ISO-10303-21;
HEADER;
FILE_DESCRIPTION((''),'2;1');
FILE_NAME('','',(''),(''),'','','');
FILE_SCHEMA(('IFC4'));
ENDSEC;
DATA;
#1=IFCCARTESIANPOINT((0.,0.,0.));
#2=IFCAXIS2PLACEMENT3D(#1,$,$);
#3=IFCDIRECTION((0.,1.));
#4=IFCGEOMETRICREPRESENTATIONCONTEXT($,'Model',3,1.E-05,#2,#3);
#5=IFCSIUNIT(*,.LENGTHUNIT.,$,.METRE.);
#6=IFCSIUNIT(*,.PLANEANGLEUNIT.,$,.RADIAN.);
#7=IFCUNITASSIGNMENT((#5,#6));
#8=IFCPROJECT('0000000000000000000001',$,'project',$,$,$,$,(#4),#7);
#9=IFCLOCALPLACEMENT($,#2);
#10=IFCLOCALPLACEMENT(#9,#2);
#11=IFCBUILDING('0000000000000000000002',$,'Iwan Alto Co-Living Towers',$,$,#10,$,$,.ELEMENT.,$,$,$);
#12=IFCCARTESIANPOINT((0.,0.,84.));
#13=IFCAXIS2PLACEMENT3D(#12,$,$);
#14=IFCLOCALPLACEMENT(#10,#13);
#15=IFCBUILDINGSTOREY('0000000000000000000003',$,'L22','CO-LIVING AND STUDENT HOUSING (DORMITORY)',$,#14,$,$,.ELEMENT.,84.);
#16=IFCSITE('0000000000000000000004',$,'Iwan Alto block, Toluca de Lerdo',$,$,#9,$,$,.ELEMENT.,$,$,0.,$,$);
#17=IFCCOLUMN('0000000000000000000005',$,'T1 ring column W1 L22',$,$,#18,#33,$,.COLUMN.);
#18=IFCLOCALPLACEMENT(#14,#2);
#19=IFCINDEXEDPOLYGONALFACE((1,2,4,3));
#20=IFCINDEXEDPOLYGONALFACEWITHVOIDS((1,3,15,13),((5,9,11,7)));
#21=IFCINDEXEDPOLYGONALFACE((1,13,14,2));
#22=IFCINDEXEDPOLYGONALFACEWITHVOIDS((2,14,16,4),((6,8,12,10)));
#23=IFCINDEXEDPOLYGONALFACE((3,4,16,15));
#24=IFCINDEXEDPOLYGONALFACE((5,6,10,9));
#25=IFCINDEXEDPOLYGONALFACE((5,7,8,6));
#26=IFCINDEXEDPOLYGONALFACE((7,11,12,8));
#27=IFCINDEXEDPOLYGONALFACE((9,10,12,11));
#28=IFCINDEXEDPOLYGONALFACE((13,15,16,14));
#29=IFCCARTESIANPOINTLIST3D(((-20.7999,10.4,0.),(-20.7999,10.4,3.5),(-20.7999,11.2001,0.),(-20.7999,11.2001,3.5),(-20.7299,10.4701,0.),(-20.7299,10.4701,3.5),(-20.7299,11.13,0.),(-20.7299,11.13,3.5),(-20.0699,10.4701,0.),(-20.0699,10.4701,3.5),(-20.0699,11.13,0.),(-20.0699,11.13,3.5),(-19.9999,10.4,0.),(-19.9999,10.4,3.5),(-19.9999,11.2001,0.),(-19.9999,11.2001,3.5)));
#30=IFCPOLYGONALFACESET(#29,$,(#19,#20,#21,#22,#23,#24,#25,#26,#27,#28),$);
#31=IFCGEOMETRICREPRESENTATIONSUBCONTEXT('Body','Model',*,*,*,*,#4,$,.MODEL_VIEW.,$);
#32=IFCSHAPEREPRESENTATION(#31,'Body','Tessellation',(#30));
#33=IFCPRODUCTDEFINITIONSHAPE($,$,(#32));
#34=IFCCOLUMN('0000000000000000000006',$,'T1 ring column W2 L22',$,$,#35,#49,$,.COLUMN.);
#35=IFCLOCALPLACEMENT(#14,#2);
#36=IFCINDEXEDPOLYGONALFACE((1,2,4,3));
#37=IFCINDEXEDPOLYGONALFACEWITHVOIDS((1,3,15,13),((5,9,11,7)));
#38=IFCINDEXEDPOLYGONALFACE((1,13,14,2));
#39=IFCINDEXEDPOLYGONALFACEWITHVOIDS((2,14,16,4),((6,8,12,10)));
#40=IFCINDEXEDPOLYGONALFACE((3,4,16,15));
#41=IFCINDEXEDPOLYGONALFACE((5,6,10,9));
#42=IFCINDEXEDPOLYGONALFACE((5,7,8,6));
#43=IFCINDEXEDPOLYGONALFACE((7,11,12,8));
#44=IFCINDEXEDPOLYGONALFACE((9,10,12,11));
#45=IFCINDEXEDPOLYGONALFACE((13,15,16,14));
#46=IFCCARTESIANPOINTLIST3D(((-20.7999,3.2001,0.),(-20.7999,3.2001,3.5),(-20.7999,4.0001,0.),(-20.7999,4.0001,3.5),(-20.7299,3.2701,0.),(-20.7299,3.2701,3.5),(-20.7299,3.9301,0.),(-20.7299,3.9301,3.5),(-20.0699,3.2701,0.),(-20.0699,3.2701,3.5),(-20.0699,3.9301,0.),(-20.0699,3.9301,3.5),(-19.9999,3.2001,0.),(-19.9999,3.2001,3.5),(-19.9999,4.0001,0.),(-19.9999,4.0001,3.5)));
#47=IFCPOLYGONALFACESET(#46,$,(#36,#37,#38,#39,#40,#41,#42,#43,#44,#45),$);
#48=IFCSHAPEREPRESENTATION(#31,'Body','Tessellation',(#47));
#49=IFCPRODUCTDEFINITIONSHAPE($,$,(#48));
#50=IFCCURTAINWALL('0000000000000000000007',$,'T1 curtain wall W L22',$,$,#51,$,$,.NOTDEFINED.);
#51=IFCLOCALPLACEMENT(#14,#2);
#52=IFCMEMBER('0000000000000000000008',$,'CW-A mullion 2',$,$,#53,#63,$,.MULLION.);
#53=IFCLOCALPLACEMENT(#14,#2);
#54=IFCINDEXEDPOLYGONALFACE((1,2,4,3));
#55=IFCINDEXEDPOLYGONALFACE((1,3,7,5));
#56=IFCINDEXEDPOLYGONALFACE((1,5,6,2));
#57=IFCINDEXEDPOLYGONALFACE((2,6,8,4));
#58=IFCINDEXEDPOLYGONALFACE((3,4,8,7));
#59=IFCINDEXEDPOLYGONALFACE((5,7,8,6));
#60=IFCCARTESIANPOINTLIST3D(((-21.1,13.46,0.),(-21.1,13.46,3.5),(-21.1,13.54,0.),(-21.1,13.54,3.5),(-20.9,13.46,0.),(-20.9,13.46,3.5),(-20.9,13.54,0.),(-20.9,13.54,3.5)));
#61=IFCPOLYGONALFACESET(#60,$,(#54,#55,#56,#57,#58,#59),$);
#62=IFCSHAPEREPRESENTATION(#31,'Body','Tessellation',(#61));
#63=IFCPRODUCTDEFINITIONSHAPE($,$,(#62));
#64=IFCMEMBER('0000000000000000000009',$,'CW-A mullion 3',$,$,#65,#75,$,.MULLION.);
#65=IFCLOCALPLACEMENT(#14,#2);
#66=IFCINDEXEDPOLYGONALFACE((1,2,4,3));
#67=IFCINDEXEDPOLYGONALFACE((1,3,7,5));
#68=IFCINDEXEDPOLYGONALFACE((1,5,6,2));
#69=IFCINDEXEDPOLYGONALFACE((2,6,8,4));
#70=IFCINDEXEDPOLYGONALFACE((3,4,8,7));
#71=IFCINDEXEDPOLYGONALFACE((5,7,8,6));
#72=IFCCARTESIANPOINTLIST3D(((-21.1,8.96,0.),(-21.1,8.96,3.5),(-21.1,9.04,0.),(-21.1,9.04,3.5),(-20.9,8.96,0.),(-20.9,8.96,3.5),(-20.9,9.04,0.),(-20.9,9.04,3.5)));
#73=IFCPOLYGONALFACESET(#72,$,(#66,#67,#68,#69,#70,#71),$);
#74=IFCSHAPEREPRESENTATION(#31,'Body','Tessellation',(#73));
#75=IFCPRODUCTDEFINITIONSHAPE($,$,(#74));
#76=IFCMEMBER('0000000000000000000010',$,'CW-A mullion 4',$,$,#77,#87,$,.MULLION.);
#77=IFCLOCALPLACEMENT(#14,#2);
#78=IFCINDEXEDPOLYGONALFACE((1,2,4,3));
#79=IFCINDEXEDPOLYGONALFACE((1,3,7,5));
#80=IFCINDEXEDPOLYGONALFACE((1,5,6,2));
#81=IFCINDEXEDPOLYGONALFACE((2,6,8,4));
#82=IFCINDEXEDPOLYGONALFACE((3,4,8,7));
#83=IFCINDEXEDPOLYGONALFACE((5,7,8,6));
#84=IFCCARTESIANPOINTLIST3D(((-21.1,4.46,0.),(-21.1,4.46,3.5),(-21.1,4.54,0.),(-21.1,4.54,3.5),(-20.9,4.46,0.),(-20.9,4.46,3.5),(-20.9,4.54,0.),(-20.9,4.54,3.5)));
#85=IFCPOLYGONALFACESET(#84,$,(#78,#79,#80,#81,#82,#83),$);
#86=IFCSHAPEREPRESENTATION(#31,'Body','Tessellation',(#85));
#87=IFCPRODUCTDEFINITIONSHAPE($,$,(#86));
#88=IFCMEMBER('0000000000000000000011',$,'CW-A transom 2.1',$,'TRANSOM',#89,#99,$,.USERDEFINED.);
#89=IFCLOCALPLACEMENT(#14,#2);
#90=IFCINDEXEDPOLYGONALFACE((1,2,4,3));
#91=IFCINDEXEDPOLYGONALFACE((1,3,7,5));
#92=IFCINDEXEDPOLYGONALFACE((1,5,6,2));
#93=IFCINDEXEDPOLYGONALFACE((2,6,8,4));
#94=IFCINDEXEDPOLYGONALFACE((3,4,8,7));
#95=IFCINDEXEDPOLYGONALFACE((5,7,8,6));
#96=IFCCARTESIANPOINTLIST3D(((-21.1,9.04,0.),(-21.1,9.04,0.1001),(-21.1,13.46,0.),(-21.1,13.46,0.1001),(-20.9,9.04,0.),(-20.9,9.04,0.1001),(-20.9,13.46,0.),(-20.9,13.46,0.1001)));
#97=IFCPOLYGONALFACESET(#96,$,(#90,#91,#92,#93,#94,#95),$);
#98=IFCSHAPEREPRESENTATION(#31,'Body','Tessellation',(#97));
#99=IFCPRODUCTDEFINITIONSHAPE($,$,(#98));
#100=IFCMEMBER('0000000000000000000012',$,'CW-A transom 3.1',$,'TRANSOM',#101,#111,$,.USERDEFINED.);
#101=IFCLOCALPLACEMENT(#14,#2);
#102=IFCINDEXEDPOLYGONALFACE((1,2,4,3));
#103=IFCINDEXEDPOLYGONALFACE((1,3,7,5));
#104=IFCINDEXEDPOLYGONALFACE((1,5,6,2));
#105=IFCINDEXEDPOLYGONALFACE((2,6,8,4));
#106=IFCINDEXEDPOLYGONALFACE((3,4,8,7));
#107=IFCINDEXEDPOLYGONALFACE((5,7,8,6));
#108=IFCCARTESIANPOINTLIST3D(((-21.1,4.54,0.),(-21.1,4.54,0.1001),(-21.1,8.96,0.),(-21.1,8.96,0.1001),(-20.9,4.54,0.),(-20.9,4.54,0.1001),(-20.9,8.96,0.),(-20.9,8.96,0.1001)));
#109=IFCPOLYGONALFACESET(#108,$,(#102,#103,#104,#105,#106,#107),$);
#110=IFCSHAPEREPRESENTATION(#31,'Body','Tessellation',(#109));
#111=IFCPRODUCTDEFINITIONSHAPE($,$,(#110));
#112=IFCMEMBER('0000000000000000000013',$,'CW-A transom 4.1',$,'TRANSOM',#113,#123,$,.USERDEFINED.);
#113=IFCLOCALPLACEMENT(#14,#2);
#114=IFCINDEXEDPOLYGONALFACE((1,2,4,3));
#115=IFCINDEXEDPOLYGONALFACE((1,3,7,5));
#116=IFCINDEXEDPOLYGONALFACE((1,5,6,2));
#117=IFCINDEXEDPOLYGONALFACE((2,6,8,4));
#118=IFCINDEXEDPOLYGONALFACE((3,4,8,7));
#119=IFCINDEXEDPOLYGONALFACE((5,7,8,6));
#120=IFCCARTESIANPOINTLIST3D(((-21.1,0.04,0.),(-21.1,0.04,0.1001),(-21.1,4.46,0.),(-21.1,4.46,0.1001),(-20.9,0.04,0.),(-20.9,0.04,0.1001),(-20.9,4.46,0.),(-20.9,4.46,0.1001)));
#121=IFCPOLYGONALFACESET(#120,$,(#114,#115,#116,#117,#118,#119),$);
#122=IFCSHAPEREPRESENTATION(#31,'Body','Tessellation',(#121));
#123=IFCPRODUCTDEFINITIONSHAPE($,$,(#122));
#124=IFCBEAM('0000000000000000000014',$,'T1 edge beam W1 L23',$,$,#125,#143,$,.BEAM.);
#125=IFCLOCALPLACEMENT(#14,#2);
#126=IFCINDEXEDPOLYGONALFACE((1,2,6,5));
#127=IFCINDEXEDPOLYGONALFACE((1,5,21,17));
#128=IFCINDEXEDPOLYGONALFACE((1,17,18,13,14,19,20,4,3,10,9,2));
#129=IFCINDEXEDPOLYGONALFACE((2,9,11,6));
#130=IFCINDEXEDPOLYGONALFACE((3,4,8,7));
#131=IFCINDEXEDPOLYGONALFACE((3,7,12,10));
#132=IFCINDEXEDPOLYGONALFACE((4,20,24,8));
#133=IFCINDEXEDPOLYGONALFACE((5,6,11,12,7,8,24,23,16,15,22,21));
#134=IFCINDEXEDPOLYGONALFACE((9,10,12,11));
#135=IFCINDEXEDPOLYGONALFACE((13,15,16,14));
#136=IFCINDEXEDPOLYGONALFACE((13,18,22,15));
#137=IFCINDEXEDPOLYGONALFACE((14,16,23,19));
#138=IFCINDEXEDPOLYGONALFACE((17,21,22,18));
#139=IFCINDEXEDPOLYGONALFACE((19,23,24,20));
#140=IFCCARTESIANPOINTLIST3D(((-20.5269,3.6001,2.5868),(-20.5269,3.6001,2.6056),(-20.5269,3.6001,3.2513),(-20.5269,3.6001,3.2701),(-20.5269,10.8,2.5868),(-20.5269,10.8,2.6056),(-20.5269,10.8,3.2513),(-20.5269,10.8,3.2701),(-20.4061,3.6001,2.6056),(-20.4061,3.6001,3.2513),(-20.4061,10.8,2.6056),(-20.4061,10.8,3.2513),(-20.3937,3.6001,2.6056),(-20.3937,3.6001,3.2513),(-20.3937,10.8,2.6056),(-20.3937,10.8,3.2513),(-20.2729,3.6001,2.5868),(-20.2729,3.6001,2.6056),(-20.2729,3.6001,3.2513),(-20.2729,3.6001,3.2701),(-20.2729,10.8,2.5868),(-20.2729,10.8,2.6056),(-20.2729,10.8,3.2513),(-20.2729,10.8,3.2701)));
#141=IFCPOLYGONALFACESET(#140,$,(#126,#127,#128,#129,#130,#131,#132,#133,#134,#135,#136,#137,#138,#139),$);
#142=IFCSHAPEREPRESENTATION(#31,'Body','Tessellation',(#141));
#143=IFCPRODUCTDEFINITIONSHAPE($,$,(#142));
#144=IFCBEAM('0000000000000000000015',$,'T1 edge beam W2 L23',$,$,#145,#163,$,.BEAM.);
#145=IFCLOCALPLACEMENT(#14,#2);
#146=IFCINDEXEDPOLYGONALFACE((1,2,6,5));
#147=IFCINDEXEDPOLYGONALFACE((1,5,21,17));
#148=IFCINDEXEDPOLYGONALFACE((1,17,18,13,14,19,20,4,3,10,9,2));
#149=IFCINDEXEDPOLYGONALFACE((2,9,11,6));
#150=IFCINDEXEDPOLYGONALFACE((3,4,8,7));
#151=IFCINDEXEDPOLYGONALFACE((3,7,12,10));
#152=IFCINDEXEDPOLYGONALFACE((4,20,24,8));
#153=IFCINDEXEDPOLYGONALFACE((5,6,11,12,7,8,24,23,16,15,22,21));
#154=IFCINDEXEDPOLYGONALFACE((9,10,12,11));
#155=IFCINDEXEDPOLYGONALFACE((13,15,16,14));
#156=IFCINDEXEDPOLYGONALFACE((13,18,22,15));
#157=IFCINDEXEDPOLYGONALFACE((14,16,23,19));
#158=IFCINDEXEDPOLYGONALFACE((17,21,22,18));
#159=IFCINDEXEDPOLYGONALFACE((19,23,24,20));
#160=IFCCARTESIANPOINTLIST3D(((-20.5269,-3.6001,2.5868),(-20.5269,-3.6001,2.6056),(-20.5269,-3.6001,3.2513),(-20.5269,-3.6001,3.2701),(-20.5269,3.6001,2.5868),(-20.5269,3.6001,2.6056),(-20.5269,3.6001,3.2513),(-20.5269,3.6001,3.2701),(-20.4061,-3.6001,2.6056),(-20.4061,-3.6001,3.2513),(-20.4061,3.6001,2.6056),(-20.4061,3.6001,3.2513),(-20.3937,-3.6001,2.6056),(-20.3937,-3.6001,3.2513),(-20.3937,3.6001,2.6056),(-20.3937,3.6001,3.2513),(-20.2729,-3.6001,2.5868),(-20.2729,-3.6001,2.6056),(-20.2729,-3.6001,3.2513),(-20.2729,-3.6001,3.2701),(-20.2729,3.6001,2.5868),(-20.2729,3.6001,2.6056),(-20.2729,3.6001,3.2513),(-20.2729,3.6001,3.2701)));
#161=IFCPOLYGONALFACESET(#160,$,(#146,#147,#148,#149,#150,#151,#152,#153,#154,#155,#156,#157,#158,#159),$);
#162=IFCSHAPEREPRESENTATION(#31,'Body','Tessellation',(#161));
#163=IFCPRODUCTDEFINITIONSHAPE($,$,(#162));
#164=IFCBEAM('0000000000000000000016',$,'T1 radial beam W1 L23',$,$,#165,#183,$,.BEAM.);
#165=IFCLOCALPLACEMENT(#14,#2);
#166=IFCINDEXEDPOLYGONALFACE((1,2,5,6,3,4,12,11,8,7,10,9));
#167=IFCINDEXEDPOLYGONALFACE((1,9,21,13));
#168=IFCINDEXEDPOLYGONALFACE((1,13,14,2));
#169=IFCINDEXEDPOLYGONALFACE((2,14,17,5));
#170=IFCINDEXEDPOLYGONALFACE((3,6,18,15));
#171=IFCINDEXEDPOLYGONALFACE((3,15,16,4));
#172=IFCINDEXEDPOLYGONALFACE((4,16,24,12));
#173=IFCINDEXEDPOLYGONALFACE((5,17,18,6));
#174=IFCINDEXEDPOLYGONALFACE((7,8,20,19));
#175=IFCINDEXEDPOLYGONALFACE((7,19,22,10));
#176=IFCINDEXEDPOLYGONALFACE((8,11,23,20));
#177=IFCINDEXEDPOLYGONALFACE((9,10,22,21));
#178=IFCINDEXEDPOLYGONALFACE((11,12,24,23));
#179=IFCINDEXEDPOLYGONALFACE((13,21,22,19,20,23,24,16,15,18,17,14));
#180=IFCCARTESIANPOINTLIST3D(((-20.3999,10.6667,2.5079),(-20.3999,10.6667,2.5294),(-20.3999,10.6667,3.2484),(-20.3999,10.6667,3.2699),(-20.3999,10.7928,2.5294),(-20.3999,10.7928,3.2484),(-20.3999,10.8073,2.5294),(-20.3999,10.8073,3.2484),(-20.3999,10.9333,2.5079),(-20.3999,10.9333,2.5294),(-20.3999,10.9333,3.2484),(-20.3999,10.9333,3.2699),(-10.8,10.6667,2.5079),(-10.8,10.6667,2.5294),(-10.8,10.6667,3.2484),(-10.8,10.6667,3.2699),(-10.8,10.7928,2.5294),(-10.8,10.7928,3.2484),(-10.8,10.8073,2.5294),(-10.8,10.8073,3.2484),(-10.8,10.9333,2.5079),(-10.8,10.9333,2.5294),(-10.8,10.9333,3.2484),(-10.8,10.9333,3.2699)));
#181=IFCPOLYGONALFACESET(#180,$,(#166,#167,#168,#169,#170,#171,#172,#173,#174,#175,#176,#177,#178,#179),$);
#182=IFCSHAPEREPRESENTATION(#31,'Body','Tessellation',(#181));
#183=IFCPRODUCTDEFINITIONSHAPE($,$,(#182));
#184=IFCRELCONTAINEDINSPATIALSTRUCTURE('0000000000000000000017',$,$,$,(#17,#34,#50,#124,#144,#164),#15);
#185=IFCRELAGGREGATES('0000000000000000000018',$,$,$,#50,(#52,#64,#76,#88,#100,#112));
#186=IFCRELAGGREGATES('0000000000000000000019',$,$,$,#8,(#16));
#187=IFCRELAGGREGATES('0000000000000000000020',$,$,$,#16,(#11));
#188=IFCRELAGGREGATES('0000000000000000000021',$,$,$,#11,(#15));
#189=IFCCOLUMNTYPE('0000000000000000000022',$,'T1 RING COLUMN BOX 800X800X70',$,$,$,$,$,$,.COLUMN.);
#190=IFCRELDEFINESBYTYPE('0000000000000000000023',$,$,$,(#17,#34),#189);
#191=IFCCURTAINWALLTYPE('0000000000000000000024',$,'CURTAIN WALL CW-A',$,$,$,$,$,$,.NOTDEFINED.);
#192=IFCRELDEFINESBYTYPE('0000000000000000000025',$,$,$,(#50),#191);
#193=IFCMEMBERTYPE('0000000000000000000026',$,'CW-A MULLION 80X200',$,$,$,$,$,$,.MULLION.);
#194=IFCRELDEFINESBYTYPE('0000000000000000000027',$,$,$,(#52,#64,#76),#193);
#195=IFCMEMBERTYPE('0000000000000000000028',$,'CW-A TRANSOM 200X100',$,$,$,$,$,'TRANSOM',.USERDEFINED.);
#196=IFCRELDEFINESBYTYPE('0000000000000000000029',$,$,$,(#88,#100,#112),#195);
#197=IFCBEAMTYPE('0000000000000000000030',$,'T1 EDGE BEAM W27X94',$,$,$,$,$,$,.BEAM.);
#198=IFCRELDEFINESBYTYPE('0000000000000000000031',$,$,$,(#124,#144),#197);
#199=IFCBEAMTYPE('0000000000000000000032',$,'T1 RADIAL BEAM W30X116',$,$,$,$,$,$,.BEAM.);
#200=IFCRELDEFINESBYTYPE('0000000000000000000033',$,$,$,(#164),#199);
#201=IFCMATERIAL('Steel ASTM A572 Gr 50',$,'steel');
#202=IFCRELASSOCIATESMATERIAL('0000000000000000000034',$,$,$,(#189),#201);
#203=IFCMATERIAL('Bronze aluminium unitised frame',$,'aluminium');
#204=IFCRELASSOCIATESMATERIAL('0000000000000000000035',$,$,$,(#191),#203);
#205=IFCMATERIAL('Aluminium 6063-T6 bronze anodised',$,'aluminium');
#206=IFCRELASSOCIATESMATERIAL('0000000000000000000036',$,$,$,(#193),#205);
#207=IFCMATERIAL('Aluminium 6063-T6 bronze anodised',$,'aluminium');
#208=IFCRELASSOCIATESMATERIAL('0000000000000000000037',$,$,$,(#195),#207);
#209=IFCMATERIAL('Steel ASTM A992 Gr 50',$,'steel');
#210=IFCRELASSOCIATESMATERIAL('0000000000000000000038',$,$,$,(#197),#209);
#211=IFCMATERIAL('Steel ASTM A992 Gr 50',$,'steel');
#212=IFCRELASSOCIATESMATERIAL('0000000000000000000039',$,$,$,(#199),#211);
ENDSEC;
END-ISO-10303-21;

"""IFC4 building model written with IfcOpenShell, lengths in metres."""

from ifc_helpers import new_model, si_unit, direction, frame, origin, origin_2d, place, context, subcontext, project, spatial, rectangle, hollow_rectangle, i_section, extrude, material, material_profile, profile_set, type_object, element, aggregate, save


model = new_model("IFC4")

# Units and contexts
model_context = context("Model", 3, precision=1e-05, world=origin(), true_north=direction((0.0, 1.0)))
body_context = subcontext(model_context, "Body", "Model", "MODEL_VIEW")
ifc_project = project(units=[si_unit("LENGTHUNIT", "METRE"), si_unit("PLANEANGLEUNIT", "RADIAN")], contexts=[model_context])

# Site, building, storey
site_placement = place(None, origin())
site = spatial("IfcSite", under=ifc_project, at=site_placement, Name="Iwan Alto block, Toluca de Lerdo", CompositionType="ELEMENT", RefElevation=0.0)
building_placement = place(site_placement, origin())
building = spatial("IfcBuilding", under=site, at=building_placement, Name="Iwan Alto Co-Living Towers", CompositionType="ELEMENT")
storey_placement = place(building_placement, frame((0.0, 0.0, 84.0)))
storey = spatial("IfcBuildingStorey", under=building, at=storey_placement, Name="L22", Description="CO-LIVING AND STUDENT HOUSING (DORMITORY)", CompositionType="ELEMENT", Elevation=84.0)

# Columns
ifc_material_1 = material(Name="Steel ASTM A572 Gr 50", Category="steel")
ifc_material_profile_1 = material_profile(ifc_material_1, hollow_rectangle(XDim=0.8, YDim=0.8, WallThickness=0.0701, at=origin_2d()), Name="BOX 800X800X70")
ifc_profile_set_1 = profile_set([ifc_material_profile_1], Name="Steel ASTM A572 Gr 50")
column_type = type_object("IfcColumnType", Name="T1 RING COLUMN BOX 800X800X70", PredefinedType="COLUMN", material=ifc_profile_set_1)
for number, where, z_axis, x_axis, name in (
    (1, (-20.3999, 10.8, 0.0), (0.0, 0.0, 1.0), (1.0, 0.0, 0.0), "T1 ring column W1 L22"),
    (2, (-20.3999, 3.6001, 0.0), (0.0, 0.0, 1.0), (1.0, 0.0, 0.0), "T1 ring column W2 L22"),
):
    element("IfcColumn", number, at=place(storey_placement, frame(where, z_axis=z_axis, x_axis=x_axis)), inside=storey, type_object=column_type, Name=name, PredefinedType="COLUMN", context=body_context, shape_type="SweptSolid", body=[
        extrude(hollow_rectangle(XDim=0.8, YDim=0.8, WallThickness=0.0701, at=origin_2d()), origin(), (0.0, 0.0, 1.0), 3.5),
    ])

# Curtain wall, members
ifc_material_2 = material(Name="Bronze aluminium unitised frame", Category="aluminium")
curtain_wall_type = type_object("IfcCurtainWallType", Name="CURTAIN WALL CW-A", PredefinedType="NOTDEFINED", material=ifc_material_2)
curtain_wall_placement = place(storey_placement, origin())
curtain_wall = element("IfcCurtainWall", 3, at=curtain_wall_placement, inside=storey, type_object=curtain_wall_type, Name="T1 curtain wall W L22", PredefinedType="NOTDEFINED")
ifc_material_3 = material(Name="Aluminium 6063-T6 bronze anodised", Category="aluminium")
ifc_material_profile_2 = material_profile(ifc_material_3, rectangle(XDim=0.2, YDim=0.0801, at=origin_2d()), Name="AL 80X200")
ifc_profile_set_2 = profile_set([ifc_material_profile_2], Name="Aluminium 6063-T6 bronze anodised")
member_type_1 = type_object("IfcMemberType", Name="CW-A MULLION 80X200", PredefinedType="MULLION", material=ifc_profile_set_2)
member_1_placement = place(storey_placement, frame((-21.0, 13.5, 0.0), z_axis=(0.0, 0.0, 1.0), x_axis=(1.0, 0.0, 0.0)))
member_1 = element("IfcMember", 4, at=member_1_placement, type_object=member_type_1, Name="CW-A mullion 2", PredefinedType="MULLION", context=body_context, shape_type="SweptSolid", body=[
    extrude(rectangle(XDim=0.2, YDim=0.0801, at=origin_2d()), origin(), (0.0, 0.0, 1.0), 3.5),
])
member_2_placement = place(storey_placement, frame((-21.0, 9.0, 0.0), z_axis=(0.0, 0.0, 1.0), x_axis=(1.0, 0.0, 0.0)))
member_2 = element("IfcMember", 5, at=member_2_placement, type_object=member_type_1, Name="CW-A mullion 3", PredefinedType="MULLION", context=body_context, shape_type="SweptSolid", body=[
    extrude(rectangle(XDim=0.2, YDim=0.0801, at=origin_2d()), origin(), (0.0, 0.0, 1.0), 3.5),
])
member_3_placement = place(storey_placement, frame((-21.0, 4.5, 0.0), z_axis=(0.0, 0.0, 1.0), x_axis=(1.0, 0.0, 0.0)))
member_3 = element("IfcMember", 6, at=member_3_placement, type_object=member_type_1, Name="CW-A mullion 4", PredefinedType="MULLION", context=body_context, shape_type="SweptSolid", body=[
    extrude(rectangle(XDim=0.2, YDim=0.0801, at=origin_2d()), origin(), (0.0, 0.0, 1.0), 3.5),
])
ifc_material_4 = material(Name="Aluminium 6063-T6 bronze anodised", Category="aluminium")
ifc_material_profile_3 = material_profile(ifc_material_4, rectangle(XDim=0.2, YDim=0.1001, at=origin_2d()), Name="AL 200X100")
ifc_profile_set_3 = profile_set([ifc_material_profile_3], Name="Aluminium 6063-T6 bronze anodised")
member_type_2 = type_object("IfcMemberType", Name="CW-A TRANSOM 200X100", ElementType="TRANSOM", PredefinedType="USERDEFINED", material=ifc_profile_set_3)
member_4_placement = place(storey_placement, frame((-21.0, 13.46, 0.05), z_axis=(0.0, -1.0, 0.0), x_axis=(1.0, 0.0, 0.0)))
member_4 = element("IfcMember", 7, at=member_4_placement, type_object=member_type_2, Name="CW-A transom 2.1", ObjectType="TRANSOM", PredefinedType="USERDEFINED", context=body_context, shape_type="SweptSolid", body=[
    extrude(rectangle(XDim=0.2, YDim=0.1001, at=origin_2d()), origin(), (0.0, 0.0, 1.0), 4.4199),
])
member_5_placement = place(storey_placement, frame((-21.0, 8.96, 0.05), z_axis=(0.0, -1.0, 0.0), x_axis=(1.0, 0.0, 0.0)))
member_5 = element("IfcMember", 8, at=member_5_placement, type_object=member_type_2, Name="CW-A transom 3.1", ObjectType="TRANSOM", PredefinedType="USERDEFINED", context=body_context, shape_type="SweptSolid", body=[
    extrude(rectangle(XDim=0.2, YDim=0.1001, at=origin_2d()), origin(), (0.0, 0.0, 1.0), 4.4199),
])
member_6_placement = place(storey_placement, frame((-21.0, 4.46, 0.05), z_axis=(0.0, -1.0, 0.0), x_axis=(1.0, 0.0, 0.0)))
member_6 = element("IfcMember", 9, at=member_6_placement, type_object=member_type_2, Name="CW-A transom 4.1", ObjectType="TRANSOM", PredefinedType="USERDEFINED", context=body_context, shape_type="SweptSolid", body=[
    extrude(rectangle(XDim=0.2, YDim=0.1001, at=origin_2d()), origin(), (0.0, 0.0, 1.0), 4.4199),
])

# Beams
ifc_material_5 = material(Name="Steel ASTM A992 Gr 50", Category="steel")
ifc_material_profile_4 = material_profile(ifc_material_5, i_section(OverallWidth=0.2539, OverallDepth=0.6833, WebThickness=0.0125, FlangeThickness=0.0188, at=origin_2d()), Name="W27X94")
ifc_profile_set_4 = profile_set([ifc_material_profile_4], Name="Steel ASTM A992 Gr 50")
beam_type_1 = type_object("IfcBeamType", Name="T1 EDGE BEAM W27X94", PredefinedType="BEAM", material=ifc_profile_set_4)
beam_1_placement = place(storey_placement, frame((-20.3999, 10.8, 2.9285), z_axis=(0.0, -1.0, 0.0), x_axis=(1.0, 0.0, 0.0)))
element("IfcBeam", 10, at=beam_1_placement, inside=storey, type_object=beam_type_1, Name="T1 edge beam W1 L23", PredefinedType="BEAM", context=body_context, shape_type="SweptSolid", body=[
    extrude(i_section(OverallWidth=0.2539, OverallDepth=0.6833, WebThickness=0.0125, FlangeThickness=0.0188, at=origin_2d()), origin(), (0.0, 0.0, 1.0), 7.2),
])
beam_2_placement = place(storey_placement, frame((-20.3999, 3.6001, 2.9285), z_axis=(0.0, -1.0, 0.0), x_axis=(1.0, 0.0, 0.0)))
element("IfcBeam", 11, at=beam_2_placement, inside=storey, type_object=beam_type_1, Name="T1 edge beam W2 L23", PredefinedType="BEAM", context=body_context, shape_type="SweptSolid", body=[
    extrude(i_section(OverallWidth=0.2539, OverallDepth=0.6833, WebThickness=0.0125, FlangeThickness=0.0188, at=origin_2d()), origin(), (0.0, 0.0, 1.0), 7.2002),
])
ifc_material_6 = material(Name="Steel ASTM A992 Gr 50", Category="steel")
ifc_material_profile_5 = material_profile(ifc_material_6, i_section(OverallWidth=0.2666, OverallDepth=0.762, WebThickness=0.0144, FlangeThickness=0.0215, at=origin_2d()), Name="W30X116")
ifc_profile_set_5 = profile_set([ifc_material_profile_5], Name="Steel ASTM A992 Gr 50")
beam_type_2 = type_object("IfcBeamType", Name="T1 RADIAL BEAM W30X116", PredefinedType="BEAM", material=ifc_profile_set_5)
beam_3_placement = place(storey_placement, frame((-20.3999, 10.8, 2.8889), z_axis=(1.0, 0.0, 0.0), x_axis=(0.0, 1.0, 0.0)))
element("IfcBeam", 12, at=beam_3_placement, inside=storey, type_object=beam_type_2, Name="T1 radial beam W1 L23", PredefinedType="BEAM", context=body_context, shape_type="SweptSolid", body=[
    extrude(i_section(OverallWidth=0.2666, OverallDepth=0.762, WebThickness=0.0144, FlangeThickness=0.0215, at=origin_2d()), origin(), (0.0, 0.0, 1.0), 9.5999),
])

aggregate(curtain_wall, [member_1, member_2, member_3, member_4, member_5, member_6])

save(model, "model.ifc")
